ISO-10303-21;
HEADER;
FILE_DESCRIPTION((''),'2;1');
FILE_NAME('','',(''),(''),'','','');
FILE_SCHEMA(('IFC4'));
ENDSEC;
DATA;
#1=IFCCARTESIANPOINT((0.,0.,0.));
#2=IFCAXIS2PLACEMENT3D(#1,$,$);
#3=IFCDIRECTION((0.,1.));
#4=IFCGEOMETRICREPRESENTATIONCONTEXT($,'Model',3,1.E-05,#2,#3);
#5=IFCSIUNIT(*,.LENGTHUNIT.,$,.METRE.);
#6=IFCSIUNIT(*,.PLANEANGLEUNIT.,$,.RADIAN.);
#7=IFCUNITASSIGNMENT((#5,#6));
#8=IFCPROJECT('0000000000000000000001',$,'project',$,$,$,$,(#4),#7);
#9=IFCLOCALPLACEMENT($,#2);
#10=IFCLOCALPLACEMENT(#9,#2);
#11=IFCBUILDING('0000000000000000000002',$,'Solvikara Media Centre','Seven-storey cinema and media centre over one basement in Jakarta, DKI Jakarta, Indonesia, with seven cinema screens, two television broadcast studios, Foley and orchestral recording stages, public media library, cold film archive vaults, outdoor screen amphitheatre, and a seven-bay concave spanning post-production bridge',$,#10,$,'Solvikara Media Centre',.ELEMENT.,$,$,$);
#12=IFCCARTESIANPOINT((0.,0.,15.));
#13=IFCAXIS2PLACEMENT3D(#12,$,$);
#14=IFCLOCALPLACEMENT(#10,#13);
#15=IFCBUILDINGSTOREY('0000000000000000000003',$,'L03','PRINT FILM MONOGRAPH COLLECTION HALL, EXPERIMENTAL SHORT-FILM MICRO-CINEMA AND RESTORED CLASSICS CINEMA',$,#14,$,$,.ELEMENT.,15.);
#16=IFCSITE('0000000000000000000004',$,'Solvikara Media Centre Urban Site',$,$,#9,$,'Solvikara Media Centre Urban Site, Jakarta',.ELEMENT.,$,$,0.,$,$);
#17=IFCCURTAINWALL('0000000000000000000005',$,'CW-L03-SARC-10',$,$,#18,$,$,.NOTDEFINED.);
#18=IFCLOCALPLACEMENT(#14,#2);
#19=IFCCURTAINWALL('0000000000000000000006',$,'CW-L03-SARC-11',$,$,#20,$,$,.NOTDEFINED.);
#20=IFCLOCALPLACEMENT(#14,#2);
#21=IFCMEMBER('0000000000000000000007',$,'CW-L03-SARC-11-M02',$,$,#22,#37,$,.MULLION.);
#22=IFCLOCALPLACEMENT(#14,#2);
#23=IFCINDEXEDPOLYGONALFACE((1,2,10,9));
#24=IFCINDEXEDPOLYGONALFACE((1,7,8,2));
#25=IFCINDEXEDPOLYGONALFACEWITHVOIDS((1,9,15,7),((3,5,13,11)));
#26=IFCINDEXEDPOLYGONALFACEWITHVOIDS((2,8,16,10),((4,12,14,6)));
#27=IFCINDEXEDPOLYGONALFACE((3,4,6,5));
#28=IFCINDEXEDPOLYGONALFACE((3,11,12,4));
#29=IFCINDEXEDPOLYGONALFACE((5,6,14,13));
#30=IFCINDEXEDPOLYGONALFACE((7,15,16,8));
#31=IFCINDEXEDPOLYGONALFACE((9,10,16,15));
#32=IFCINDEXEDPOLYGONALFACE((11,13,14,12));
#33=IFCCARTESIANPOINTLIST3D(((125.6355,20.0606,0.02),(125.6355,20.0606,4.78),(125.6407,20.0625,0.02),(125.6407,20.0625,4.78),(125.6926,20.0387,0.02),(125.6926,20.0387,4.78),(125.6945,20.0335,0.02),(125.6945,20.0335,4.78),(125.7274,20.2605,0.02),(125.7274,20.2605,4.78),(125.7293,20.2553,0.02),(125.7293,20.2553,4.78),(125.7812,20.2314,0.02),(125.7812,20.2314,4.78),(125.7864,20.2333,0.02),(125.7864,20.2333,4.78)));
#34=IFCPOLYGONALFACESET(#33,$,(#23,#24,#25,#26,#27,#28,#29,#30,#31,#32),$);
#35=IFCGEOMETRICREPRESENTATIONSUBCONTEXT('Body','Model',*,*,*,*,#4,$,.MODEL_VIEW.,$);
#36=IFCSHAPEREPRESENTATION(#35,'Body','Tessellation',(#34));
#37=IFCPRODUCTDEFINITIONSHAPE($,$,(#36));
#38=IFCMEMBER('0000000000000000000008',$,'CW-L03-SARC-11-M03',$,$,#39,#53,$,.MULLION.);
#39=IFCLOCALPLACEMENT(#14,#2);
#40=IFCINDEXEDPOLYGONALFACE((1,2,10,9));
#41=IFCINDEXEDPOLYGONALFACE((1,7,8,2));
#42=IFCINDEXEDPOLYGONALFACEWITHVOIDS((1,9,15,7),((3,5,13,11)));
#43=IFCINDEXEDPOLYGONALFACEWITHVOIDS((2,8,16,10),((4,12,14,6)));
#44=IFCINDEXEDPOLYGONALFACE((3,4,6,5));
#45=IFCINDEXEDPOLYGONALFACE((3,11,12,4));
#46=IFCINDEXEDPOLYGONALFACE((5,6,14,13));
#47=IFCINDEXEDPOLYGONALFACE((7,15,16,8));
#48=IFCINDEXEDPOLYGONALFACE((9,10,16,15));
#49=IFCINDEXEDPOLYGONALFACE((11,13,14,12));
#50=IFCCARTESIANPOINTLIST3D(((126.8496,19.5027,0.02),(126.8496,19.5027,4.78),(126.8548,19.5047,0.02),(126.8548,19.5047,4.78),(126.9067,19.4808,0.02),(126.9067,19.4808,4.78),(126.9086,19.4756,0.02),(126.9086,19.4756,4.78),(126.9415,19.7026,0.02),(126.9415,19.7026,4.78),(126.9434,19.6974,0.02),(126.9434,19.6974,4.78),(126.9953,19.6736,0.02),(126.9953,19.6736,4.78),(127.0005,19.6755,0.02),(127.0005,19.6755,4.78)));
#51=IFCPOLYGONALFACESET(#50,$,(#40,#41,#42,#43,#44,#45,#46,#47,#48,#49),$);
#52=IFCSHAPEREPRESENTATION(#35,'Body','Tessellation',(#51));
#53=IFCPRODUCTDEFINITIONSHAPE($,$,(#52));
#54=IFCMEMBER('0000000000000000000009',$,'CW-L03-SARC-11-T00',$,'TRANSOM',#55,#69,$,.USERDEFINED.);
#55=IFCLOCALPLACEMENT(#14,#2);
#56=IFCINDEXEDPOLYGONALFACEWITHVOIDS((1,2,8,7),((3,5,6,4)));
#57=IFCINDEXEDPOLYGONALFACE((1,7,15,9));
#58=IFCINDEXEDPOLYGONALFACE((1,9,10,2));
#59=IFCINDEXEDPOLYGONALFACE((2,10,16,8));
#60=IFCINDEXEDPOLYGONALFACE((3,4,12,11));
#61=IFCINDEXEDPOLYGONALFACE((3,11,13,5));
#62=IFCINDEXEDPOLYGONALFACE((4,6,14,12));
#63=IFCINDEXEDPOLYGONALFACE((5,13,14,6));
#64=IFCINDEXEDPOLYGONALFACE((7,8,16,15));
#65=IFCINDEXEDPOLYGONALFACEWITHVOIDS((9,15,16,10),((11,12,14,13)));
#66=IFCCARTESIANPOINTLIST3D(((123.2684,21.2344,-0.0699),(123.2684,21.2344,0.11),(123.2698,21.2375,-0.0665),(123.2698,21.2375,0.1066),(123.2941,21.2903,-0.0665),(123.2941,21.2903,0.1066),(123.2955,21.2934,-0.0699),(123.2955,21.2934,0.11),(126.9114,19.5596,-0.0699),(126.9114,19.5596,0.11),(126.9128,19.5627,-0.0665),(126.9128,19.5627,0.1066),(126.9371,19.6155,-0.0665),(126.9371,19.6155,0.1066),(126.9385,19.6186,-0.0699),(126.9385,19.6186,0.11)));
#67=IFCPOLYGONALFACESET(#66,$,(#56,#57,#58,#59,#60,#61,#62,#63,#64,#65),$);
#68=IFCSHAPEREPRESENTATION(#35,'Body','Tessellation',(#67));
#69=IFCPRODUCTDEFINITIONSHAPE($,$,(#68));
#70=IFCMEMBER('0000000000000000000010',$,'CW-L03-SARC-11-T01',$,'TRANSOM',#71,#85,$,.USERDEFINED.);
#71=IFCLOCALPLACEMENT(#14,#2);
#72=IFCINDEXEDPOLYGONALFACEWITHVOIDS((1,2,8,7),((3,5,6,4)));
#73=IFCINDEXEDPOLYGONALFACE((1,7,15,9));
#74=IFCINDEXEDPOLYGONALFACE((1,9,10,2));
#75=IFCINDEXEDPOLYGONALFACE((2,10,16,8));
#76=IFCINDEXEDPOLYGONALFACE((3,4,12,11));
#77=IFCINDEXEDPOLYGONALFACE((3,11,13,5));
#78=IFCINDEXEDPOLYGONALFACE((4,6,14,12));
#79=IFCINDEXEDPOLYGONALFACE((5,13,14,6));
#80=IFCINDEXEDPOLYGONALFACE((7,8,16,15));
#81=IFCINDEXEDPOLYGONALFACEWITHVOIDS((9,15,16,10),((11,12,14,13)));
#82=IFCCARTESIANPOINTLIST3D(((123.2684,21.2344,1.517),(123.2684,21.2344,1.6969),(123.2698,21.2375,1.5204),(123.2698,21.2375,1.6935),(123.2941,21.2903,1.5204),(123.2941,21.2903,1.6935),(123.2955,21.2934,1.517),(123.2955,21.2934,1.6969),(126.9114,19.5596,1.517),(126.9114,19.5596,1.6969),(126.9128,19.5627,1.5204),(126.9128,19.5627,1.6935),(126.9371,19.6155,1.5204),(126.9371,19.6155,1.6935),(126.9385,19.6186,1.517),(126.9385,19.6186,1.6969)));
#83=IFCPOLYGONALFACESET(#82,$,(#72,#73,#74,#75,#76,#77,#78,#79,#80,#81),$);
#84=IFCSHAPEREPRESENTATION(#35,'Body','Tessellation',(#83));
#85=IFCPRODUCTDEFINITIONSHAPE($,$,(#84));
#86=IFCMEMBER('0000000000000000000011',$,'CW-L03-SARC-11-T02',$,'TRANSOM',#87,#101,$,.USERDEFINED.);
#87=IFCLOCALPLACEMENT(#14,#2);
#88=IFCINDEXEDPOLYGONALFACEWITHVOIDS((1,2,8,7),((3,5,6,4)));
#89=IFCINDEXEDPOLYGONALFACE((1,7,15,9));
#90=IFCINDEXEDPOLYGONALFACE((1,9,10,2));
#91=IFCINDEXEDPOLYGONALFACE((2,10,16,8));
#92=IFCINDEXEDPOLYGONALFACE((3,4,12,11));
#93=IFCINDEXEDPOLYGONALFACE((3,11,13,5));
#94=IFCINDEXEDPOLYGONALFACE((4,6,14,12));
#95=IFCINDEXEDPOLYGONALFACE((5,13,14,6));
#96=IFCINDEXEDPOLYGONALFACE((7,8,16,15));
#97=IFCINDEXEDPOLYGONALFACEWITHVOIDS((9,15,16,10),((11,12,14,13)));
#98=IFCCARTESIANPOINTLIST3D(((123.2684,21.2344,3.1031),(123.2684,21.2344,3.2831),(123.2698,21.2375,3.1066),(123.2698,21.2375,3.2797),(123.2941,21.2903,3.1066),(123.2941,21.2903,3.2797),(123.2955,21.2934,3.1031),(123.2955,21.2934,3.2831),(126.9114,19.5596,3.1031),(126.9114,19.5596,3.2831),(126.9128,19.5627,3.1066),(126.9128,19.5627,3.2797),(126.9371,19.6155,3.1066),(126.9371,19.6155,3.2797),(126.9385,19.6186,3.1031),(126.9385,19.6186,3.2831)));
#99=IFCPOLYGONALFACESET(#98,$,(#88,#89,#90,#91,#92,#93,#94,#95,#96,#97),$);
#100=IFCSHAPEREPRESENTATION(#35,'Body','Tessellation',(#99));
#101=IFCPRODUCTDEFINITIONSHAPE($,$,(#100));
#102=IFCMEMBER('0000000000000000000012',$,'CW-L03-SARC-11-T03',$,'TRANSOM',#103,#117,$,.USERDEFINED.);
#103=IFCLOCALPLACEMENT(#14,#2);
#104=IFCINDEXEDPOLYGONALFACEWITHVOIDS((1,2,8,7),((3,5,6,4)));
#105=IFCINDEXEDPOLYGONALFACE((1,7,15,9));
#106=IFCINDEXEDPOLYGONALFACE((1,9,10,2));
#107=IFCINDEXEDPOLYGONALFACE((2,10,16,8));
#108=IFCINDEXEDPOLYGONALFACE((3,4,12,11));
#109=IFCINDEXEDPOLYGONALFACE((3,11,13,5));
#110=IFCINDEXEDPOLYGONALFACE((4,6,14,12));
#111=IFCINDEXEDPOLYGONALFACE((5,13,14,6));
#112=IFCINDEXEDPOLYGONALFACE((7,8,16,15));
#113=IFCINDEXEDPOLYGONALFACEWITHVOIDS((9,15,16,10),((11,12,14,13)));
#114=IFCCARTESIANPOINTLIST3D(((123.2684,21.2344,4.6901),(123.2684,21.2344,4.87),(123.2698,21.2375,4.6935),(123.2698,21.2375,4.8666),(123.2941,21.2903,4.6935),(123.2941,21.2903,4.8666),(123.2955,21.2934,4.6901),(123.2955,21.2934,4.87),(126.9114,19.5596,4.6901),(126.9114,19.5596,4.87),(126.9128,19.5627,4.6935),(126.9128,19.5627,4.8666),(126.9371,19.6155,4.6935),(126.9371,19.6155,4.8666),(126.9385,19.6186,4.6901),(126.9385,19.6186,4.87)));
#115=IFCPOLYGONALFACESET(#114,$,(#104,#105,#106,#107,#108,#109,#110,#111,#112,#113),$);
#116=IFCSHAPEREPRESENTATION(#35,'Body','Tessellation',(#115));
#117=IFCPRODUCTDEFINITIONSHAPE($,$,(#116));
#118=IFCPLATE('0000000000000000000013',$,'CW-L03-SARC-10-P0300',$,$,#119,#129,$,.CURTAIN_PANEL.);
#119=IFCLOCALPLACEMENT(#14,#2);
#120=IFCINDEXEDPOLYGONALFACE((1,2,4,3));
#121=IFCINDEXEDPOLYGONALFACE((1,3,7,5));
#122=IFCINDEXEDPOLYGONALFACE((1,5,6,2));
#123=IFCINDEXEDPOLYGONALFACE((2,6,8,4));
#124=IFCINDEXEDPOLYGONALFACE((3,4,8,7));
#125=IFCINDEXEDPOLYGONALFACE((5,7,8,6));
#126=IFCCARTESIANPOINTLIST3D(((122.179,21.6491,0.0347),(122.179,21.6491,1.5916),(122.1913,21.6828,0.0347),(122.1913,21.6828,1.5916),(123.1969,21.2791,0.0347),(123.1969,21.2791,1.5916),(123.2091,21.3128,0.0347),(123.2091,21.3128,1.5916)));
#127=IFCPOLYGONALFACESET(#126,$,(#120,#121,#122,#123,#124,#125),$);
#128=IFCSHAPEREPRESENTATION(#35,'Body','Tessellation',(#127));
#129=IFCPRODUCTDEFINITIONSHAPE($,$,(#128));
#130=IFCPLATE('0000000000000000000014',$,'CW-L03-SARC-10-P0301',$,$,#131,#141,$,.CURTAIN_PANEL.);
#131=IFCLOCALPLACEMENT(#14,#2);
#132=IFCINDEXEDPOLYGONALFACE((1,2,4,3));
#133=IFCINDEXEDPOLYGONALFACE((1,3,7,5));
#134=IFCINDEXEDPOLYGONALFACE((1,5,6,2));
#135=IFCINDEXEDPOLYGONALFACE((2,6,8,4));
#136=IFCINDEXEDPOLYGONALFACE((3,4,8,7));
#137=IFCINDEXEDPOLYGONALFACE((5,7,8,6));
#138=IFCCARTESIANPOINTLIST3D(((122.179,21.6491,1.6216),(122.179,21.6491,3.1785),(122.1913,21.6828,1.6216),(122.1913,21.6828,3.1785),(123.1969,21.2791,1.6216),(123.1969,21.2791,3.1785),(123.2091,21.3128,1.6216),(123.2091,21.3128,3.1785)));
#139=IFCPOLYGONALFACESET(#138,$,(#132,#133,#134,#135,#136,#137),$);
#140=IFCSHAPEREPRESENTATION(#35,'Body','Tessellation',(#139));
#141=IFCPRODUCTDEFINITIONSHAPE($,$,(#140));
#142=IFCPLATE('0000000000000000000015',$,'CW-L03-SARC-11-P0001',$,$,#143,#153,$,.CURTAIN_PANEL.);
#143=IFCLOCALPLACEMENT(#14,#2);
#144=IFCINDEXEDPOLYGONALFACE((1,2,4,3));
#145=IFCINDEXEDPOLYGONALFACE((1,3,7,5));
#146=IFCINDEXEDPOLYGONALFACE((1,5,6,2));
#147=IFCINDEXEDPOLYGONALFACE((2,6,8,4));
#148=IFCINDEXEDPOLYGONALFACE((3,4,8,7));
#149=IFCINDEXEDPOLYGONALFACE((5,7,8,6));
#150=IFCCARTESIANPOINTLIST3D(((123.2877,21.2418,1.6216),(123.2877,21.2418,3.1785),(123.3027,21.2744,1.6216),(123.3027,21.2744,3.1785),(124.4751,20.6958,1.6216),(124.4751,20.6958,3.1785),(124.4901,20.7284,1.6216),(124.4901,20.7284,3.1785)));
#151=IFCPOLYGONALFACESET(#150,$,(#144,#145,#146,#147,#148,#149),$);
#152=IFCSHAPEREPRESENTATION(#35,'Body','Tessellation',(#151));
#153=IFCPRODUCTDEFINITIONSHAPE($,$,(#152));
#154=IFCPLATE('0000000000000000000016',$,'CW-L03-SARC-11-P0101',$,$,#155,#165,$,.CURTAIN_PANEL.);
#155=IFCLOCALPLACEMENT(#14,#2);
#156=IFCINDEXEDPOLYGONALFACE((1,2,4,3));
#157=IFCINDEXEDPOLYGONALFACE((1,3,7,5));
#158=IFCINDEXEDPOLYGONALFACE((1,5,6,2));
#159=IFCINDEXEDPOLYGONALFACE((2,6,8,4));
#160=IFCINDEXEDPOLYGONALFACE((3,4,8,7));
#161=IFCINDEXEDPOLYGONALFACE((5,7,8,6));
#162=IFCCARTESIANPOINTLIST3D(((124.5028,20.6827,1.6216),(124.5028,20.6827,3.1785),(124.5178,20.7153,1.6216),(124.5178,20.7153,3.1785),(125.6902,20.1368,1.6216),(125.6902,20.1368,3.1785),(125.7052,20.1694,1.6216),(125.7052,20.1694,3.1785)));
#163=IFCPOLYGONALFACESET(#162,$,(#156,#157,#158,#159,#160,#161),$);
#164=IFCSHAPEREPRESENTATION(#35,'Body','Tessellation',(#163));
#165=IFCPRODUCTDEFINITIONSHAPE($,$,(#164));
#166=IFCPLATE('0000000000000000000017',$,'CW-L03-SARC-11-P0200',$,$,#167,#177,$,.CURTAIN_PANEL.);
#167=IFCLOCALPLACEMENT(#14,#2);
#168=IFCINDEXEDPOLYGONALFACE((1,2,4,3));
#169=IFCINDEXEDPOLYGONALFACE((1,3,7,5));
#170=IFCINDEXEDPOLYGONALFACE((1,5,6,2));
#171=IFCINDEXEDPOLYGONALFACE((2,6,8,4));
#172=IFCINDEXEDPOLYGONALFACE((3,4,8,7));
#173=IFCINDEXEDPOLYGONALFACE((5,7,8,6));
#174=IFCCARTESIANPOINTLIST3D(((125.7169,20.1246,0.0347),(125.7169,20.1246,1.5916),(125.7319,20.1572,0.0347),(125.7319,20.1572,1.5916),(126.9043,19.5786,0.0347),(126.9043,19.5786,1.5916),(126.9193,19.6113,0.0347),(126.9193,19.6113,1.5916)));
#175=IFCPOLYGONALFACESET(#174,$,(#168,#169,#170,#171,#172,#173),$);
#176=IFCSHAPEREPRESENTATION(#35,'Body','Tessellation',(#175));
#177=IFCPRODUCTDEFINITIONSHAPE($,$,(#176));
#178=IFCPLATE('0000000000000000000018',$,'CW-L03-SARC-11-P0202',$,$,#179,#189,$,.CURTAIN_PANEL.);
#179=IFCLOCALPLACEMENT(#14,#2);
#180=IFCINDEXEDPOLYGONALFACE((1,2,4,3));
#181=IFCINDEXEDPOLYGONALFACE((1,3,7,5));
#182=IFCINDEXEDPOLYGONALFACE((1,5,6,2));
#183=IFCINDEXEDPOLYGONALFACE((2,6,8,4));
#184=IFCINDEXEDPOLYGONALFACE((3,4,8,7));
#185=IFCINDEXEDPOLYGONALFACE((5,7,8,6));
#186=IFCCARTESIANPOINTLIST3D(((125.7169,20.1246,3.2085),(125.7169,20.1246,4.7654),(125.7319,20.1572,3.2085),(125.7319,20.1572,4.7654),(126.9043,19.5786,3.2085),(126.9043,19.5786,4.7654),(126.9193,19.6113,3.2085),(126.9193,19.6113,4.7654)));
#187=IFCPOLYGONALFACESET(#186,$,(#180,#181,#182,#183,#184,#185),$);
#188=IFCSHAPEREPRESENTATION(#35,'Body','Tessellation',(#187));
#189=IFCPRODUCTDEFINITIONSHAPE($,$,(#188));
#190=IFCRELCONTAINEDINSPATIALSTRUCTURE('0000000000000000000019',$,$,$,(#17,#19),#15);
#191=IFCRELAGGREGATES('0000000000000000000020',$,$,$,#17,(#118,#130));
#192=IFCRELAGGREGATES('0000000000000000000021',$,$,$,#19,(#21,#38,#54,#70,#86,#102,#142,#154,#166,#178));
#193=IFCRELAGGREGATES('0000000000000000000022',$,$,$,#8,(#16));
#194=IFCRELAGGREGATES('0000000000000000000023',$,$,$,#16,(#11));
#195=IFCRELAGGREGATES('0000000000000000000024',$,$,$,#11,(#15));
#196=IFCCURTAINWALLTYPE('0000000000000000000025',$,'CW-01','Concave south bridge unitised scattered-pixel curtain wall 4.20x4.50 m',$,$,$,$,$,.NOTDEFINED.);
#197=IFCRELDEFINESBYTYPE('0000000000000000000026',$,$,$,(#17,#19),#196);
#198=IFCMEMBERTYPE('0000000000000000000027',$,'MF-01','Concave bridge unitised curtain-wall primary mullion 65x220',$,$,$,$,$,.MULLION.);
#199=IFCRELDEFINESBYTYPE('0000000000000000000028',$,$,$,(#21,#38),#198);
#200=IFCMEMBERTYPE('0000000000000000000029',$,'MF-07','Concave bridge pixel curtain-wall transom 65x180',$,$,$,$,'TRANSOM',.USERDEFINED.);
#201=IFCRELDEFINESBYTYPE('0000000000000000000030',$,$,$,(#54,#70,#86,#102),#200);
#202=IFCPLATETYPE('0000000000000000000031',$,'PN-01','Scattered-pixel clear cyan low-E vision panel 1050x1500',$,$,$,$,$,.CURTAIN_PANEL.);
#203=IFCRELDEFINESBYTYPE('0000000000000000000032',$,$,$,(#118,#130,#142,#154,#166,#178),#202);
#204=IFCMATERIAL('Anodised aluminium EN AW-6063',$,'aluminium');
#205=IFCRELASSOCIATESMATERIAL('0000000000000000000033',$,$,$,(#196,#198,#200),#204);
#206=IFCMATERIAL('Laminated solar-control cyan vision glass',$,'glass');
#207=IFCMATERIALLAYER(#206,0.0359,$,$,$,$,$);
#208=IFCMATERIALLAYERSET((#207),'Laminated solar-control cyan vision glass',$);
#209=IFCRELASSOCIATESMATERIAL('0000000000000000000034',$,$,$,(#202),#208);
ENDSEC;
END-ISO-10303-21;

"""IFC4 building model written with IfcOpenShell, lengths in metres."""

from ifc_helpers import new_model, si_unit, direction, frame, origin, origin_2d, place, context, subcontext, project, spatial, rectangle, hollow_rectangle, extrude, material, layer, layer_set, material_profile, profile_set, type_object, element, aggregate, save


model = new_model("IFC4")

# Units and contexts
model_context = context("Model", 3, precision=1e-05, world=origin(), true_north=direction((0.0, 1.0)))
body_context = subcontext(model_context, "Body", "Model", "MODEL_VIEW")
ifc_project = project(units=[si_unit("LENGTHUNIT", "METRE"), si_unit("PLANEANGLEUNIT", "RADIAN")], contexts=[model_context])

# Site, building, storey
site_placement = place(None, origin())
site = spatial("IfcSite", under=ifc_project, at=site_placement, Name="Solvikara Media Centre Urban Site", LongName="Solvikara Media Centre Urban Site, Jakarta", CompositionType="ELEMENT", RefElevation=0.0)
building_placement = place(site_placement, origin())
building = spatial("IfcBuilding", under=site, at=building_placement, Name="Solvikara Media Centre", Description="Seven-storey cinema and media centre over one basement in Jakarta, DKI Jakarta, Indonesia, with seven cinema screens, two television broadcast studios, Foley and orchestral recording stages, public media library, cold film archive vaults, outdoor screen amphitheatre, and a seven-bay concave spanning post-production bridge", LongName="Solvikara Media Centre", CompositionType="ELEMENT")
storey_placement = place(building_placement, frame((0.0, 0.0, 15.0)))
storey = spatial("IfcBuildingStorey", under=building, at=storey_placement, Name="L03", Description="PRINT FILM MONOGRAPH COLLECTION HALL, EXPERIMENTAL SHORT-FILM MICRO-CINEMA AND RESTORED CLASSICS CINEMA", CompositionType="ELEMENT", Elevation=15.0)

# Curtain walls, members
ifc_material_1 = material(Name="Anodised aluminium EN AW-6063", Category="aluminium")
curtain_wall_type = type_object("IfcCurtainWallType", Name="CW-01", Description="Concave south bridge unitised scattered-pixel curtain wall 4.20x4.50 m", PredefinedType="NOTDEFINED", material=ifc_material_1)
curtain_wall_1_placement = place(storey_placement, origin())
curtain_wall_1 = element("IfcCurtainWall", 1, at=curtain_wall_1_placement, inside=storey, type_object=curtain_wall_type, Name="CW-L03-SARC-10", PredefinedType="NOTDEFINED")
ifc_material_profile_1 = material_profile(ifc_material_1, hollow_rectangle(XDim=0.0649, YDim=0.22, WallThickness=0.0039, at=origin_2d()), Name="ALU-M 65x220x4")
ifc_profile_set_1 = profile_set([ifc_material_profile_1], Name="Anodised aluminium EN AW-6063")
member_type_1 = type_object("IfcMemberType", Name="MF-01", Description="Concave bridge unitised curtain-wall primary mullion 65x220", PredefinedType="MULLION", material=ifc_profile_set_1)
curtain_wall_2_placement = place(storey_placement, origin())
curtain_wall_2 = element("IfcCurtainWall", 2, at=curtain_wall_2_placement, inside=storey, type_object=curtain_wall_type, Name="CW-L03-SARC-11", PredefinedType="NOTDEFINED")
member_1_placement = place(storey_placement, frame((125.7109, 20.147, 0.02), z_axis=(0.0, 0.0, 1.0), x_axis=(0.908567, -0.41774, 0.0)))
member_1 = element("IfcMember", 3, at=member_1_placement, type_object=member_type_1, Name="CW-L03-SARC-11-M02", PredefinedType="MULLION", context=body_context, shape_type="SweptSolid", body=[
    extrude(hollow_rectangle(XDim=0.0649, YDim=0.22, WallThickness=0.0039, at=origin_2d()), origin(), (0.0, 0.0, 1.0), 4.76),
])
member_2_placement = place(storey_placement, frame((126.925, 19.5891, 0.02), z_axis=(0.0, 0.0, 1.0), x_axis=(0.908567, -0.41774, 0.0)))
member_2 = element("IfcMember", 4, at=member_2_placement, type_object=member_type_1, Name="CW-L03-SARC-11-M03", PredefinedType="MULLION", context=body_context, shape_type="SweptSolid", body=[
    extrude(hollow_rectangle(XDim=0.0649, YDim=0.22, WallThickness=0.0039, at=origin_2d()), origin(), (0.0, 0.0, 1.0), 4.76),
])
ifc_material_profile_2 = material_profile(ifc_material_1, hollow_rectangle(XDim=0.0649, YDim=0.1799, WallThickness=0.0034, at=origin_2d()), Name="ALU-T 65x180x3.5")
ifc_profile_set_2 = profile_set([ifc_material_profile_2], Name="Anodised aluminium EN AW-6063")
member_type_2 = type_object("IfcMemberType", Name="MF-07", Description="Concave bridge pixel curtain-wall transom 65x180", ElementType="TRANSOM", PredefinedType="USERDEFINED", material=ifc_profile_set_2)
member_3_placement = place(storey_placement, frame((123.282, 21.2639, 0.02), z_axis=(0.908586, -0.417699, 0.0), x_axis=(0.417699, 0.908586, 0.0)))
member_3 = element("IfcMember", 5, at=member_3_placement, type_object=member_type_2, Name="CW-L03-SARC-11-T00", ObjectType="TRANSOM", PredefinedType="USERDEFINED", context=body_context, shape_type="SweptSolid", body=[
    extrude(hollow_rectangle(XDim=0.0649, YDim=0.1799, WallThickness=0.0034, at=origin_2d()), origin(), (0.0, 0.0, 1.0), 4.0095),
])
member_4_placement = place(storey_placement, frame((123.282, 21.2639, 1.6069), z_axis=(0.908586, -0.417699, 0.0), x_axis=(0.417699, 0.908586, 0.0)))
member_4 = element("IfcMember", 6, at=member_4_placement, type_object=member_type_2, Name="CW-L03-SARC-11-T01", ObjectType="TRANSOM", PredefinedType="USERDEFINED", context=body_context, shape_type="SweptSolid", body=[
    extrude(hollow_rectangle(XDim=0.0649, YDim=0.1799, WallThickness=0.0034, at=origin_2d()), origin(), (0.0, 0.0, 1.0), 4.0095),
])
member_5_placement = place(storey_placement, frame((123.282, 21.2639, 3.1931), z_axis=(0.908586, -0.417699, 0.0), x_axis=(0.417699, 0.908586, 0.0)))
member_5 = element("IfcMember", 7, at=member_5_placement, type_object=member_type_2, Name="CW-L03-SARC-11-T02", ObjectType="TRANSOM", PredefinedType="USERDEFINED", context=body_context, shape_type="SweptSolid", body=[
    extrude(hollow_rectangle(XDim=0.0649, YDim=0.1799, WallThickness=0.0034, at=origin_2d()), origin(), (0.0, 0.0, 1.0), 4.0095),
])
member_6_placement = place(storey_placement, frame((123.282, 21.2639, 4.78), z_axis=(0.908586, -0.417699, 0.0), x_axis=(0.417699, 0.908586, 0.0)))
member_6 = element("IfcMember", 8, at=member_6_placement, type_object=member_type_2, Name="CW-L03-SARC-11-T03", ObjectType="TRANSOM", PredefinedType="USERDEFINED", context=body_context, shape_type="SweptSolid", body=[
    extrude(hollow_rectangle(XDim=0.0649, YDim=0.1799, WallThickness=0.0034, at=origin_2d()), origin(), (0.0, 0.0, 1.0), 4.0095),
])

# Plates
ifc_material_2 = material(Name="Laminated solar-control cyan vision glass", Category="glass")
ifc_layer_1 = layer(ifc_material_2, 0.0359)
ifc_layer_set_1 = layer_set([ifc_layer_1], Name="Laminated solar-control cyan vision glass")
plate_type_1 = type_object("IfcPlateType", Name="PN-01", Description="Scattered-pixel clear cyan low-E vision panel 1050x1500", PredefinedType="CURTAIN_PANEL", material=ifc_layer_set_1)
plate_1_placement = place(storey_placement, frame((122.6941, 21.481, 0.0347), z_axis=(0.0, 0.0, 1.0), x_axis=(0.939824, -0.341659, 0.0)))
plate_1 = element("IfcPlate", 9, at=plate_1_placement, type_object=plate_type_1, Name="CW-L03-SARC-10-P0300", PredefinedType="CURTAIN_PANEL", context=body_context, shape_type="SweptSolid", body=[
    extrude(rectangle(XDim=1.083, YDim=0.0359, at=origin_2d()), origin(), (0.0, 0.0, 1.0), 1.5569),
])
plate_2_placement = place(storey_placement, frame((122.6941, 21.481, 1.6216), z_axis=(0.0, 0.0, 1.0), x_axis=(0.939824, -0.341659, 0.0)))
plate_2 = element("IfcPlate", 10, at=plate_2_placement, type_object=plate_type_1, Name="CW-L03-SARC-10-P0301", PredefinedType="CURTAIN_PANEL", context=body_context, shape_type="SweptSolid", body=[
    extrude(rectangle(XDim=1.083, YDim=0.0359, at=origin_2d()), origin(), (0.0, 0.0, 1.0), 1.5569),
])
plate_3_placement = place(storey_placement, frame((123.8889, 20.9851, 1.6216), z_axis=(0.0, 0.0, 1.0), x_axis=(0.908567, -0.41774, 0.0)))
plate_3 = element("IfcPlate", 11, at=plate_3_placement, type_object=plate_type_1, Name="CW-L03-SARC-11-P0001", PredefinedType="CURTAIN_PANEL", context=body_context, shape_type="SweptSolid", body=[
    extrude(rectangle(XDim=1.3069, YDim=0.0359, at=origin_2d()), origin(), (0.0, 0.0, 1.0), 1.5569),
])
plate_4_placement = place(storey_placement, frame((125.104, 20.426, 1.6216), z_axis=(0.0, 0.0, 1.0), x_axis=(0.908567, -0.41774, 0.0)))
plate_4 = element("IfcPlate", 12, at=plate_4_placement, type_object=plate_type_1, Name="CW-L03-SARC-11-P0101", PredefinedType="CURTAIN_PANEL", context=body_context, shape_type="SweptSolid", body=[
    extrude(rectangle(XDim=1.3069, YDim=0.0359, at=origin_2d()), origin(), (0.0, 0.0, 1.0), 1.5569),
])
plate_5_placement = place(storey_placement, frame((126.3181, 19.8679, 0.0347), z_axis=(0.0, 0.0, 1.0), x_axis=(0.908567, -0.41774, 0.0)))
plate_5 = element("IfcPlate", 13, at=plate_5_placement, type_object=plate_type_1, Name="CW-L03-SARC-11-P0200", PredefinedType="CURTAIN_PANEL", context=body_context, shape_type="SweptSolid", body=[
    extrude(rectangle(XDim=1.3069, YDim=0.0359, at=origin_2d()), origin(), (0.0, 0.0, 1.0), 1.5569),
])
plate_6_placement = place(storey_placement, frame((126.3181, 19.8679, 3.2085), z_axis=(0.0, 0.0, 1.0), x_axis=(0.908567, -0.41774, 0.0)))
plate_6 = element("IfcPlate", 14, at=plate_6_placement, type_object=plate_type_1, Name="CW-L03-SARC-11-P0202", PredefinedType="CURTAIN_PANEL", context=body_context, shape_type="SweptSolid", body=[
    extrude(rectangle(XDim=1.3069, YDim=0.0359, at=origin_2d()), origin(), (0.0, 0.0, 1.0), 1.5569),
])
aggregate(curtain_wall_1, [plate_1, plate_2])
aggregate(curtain_wall_2, [member_1, member_2, member_3, member_4, member_5, member_6, plate_3, plate_4, plate_5, plate_6])

save(model, "model.ifc")
